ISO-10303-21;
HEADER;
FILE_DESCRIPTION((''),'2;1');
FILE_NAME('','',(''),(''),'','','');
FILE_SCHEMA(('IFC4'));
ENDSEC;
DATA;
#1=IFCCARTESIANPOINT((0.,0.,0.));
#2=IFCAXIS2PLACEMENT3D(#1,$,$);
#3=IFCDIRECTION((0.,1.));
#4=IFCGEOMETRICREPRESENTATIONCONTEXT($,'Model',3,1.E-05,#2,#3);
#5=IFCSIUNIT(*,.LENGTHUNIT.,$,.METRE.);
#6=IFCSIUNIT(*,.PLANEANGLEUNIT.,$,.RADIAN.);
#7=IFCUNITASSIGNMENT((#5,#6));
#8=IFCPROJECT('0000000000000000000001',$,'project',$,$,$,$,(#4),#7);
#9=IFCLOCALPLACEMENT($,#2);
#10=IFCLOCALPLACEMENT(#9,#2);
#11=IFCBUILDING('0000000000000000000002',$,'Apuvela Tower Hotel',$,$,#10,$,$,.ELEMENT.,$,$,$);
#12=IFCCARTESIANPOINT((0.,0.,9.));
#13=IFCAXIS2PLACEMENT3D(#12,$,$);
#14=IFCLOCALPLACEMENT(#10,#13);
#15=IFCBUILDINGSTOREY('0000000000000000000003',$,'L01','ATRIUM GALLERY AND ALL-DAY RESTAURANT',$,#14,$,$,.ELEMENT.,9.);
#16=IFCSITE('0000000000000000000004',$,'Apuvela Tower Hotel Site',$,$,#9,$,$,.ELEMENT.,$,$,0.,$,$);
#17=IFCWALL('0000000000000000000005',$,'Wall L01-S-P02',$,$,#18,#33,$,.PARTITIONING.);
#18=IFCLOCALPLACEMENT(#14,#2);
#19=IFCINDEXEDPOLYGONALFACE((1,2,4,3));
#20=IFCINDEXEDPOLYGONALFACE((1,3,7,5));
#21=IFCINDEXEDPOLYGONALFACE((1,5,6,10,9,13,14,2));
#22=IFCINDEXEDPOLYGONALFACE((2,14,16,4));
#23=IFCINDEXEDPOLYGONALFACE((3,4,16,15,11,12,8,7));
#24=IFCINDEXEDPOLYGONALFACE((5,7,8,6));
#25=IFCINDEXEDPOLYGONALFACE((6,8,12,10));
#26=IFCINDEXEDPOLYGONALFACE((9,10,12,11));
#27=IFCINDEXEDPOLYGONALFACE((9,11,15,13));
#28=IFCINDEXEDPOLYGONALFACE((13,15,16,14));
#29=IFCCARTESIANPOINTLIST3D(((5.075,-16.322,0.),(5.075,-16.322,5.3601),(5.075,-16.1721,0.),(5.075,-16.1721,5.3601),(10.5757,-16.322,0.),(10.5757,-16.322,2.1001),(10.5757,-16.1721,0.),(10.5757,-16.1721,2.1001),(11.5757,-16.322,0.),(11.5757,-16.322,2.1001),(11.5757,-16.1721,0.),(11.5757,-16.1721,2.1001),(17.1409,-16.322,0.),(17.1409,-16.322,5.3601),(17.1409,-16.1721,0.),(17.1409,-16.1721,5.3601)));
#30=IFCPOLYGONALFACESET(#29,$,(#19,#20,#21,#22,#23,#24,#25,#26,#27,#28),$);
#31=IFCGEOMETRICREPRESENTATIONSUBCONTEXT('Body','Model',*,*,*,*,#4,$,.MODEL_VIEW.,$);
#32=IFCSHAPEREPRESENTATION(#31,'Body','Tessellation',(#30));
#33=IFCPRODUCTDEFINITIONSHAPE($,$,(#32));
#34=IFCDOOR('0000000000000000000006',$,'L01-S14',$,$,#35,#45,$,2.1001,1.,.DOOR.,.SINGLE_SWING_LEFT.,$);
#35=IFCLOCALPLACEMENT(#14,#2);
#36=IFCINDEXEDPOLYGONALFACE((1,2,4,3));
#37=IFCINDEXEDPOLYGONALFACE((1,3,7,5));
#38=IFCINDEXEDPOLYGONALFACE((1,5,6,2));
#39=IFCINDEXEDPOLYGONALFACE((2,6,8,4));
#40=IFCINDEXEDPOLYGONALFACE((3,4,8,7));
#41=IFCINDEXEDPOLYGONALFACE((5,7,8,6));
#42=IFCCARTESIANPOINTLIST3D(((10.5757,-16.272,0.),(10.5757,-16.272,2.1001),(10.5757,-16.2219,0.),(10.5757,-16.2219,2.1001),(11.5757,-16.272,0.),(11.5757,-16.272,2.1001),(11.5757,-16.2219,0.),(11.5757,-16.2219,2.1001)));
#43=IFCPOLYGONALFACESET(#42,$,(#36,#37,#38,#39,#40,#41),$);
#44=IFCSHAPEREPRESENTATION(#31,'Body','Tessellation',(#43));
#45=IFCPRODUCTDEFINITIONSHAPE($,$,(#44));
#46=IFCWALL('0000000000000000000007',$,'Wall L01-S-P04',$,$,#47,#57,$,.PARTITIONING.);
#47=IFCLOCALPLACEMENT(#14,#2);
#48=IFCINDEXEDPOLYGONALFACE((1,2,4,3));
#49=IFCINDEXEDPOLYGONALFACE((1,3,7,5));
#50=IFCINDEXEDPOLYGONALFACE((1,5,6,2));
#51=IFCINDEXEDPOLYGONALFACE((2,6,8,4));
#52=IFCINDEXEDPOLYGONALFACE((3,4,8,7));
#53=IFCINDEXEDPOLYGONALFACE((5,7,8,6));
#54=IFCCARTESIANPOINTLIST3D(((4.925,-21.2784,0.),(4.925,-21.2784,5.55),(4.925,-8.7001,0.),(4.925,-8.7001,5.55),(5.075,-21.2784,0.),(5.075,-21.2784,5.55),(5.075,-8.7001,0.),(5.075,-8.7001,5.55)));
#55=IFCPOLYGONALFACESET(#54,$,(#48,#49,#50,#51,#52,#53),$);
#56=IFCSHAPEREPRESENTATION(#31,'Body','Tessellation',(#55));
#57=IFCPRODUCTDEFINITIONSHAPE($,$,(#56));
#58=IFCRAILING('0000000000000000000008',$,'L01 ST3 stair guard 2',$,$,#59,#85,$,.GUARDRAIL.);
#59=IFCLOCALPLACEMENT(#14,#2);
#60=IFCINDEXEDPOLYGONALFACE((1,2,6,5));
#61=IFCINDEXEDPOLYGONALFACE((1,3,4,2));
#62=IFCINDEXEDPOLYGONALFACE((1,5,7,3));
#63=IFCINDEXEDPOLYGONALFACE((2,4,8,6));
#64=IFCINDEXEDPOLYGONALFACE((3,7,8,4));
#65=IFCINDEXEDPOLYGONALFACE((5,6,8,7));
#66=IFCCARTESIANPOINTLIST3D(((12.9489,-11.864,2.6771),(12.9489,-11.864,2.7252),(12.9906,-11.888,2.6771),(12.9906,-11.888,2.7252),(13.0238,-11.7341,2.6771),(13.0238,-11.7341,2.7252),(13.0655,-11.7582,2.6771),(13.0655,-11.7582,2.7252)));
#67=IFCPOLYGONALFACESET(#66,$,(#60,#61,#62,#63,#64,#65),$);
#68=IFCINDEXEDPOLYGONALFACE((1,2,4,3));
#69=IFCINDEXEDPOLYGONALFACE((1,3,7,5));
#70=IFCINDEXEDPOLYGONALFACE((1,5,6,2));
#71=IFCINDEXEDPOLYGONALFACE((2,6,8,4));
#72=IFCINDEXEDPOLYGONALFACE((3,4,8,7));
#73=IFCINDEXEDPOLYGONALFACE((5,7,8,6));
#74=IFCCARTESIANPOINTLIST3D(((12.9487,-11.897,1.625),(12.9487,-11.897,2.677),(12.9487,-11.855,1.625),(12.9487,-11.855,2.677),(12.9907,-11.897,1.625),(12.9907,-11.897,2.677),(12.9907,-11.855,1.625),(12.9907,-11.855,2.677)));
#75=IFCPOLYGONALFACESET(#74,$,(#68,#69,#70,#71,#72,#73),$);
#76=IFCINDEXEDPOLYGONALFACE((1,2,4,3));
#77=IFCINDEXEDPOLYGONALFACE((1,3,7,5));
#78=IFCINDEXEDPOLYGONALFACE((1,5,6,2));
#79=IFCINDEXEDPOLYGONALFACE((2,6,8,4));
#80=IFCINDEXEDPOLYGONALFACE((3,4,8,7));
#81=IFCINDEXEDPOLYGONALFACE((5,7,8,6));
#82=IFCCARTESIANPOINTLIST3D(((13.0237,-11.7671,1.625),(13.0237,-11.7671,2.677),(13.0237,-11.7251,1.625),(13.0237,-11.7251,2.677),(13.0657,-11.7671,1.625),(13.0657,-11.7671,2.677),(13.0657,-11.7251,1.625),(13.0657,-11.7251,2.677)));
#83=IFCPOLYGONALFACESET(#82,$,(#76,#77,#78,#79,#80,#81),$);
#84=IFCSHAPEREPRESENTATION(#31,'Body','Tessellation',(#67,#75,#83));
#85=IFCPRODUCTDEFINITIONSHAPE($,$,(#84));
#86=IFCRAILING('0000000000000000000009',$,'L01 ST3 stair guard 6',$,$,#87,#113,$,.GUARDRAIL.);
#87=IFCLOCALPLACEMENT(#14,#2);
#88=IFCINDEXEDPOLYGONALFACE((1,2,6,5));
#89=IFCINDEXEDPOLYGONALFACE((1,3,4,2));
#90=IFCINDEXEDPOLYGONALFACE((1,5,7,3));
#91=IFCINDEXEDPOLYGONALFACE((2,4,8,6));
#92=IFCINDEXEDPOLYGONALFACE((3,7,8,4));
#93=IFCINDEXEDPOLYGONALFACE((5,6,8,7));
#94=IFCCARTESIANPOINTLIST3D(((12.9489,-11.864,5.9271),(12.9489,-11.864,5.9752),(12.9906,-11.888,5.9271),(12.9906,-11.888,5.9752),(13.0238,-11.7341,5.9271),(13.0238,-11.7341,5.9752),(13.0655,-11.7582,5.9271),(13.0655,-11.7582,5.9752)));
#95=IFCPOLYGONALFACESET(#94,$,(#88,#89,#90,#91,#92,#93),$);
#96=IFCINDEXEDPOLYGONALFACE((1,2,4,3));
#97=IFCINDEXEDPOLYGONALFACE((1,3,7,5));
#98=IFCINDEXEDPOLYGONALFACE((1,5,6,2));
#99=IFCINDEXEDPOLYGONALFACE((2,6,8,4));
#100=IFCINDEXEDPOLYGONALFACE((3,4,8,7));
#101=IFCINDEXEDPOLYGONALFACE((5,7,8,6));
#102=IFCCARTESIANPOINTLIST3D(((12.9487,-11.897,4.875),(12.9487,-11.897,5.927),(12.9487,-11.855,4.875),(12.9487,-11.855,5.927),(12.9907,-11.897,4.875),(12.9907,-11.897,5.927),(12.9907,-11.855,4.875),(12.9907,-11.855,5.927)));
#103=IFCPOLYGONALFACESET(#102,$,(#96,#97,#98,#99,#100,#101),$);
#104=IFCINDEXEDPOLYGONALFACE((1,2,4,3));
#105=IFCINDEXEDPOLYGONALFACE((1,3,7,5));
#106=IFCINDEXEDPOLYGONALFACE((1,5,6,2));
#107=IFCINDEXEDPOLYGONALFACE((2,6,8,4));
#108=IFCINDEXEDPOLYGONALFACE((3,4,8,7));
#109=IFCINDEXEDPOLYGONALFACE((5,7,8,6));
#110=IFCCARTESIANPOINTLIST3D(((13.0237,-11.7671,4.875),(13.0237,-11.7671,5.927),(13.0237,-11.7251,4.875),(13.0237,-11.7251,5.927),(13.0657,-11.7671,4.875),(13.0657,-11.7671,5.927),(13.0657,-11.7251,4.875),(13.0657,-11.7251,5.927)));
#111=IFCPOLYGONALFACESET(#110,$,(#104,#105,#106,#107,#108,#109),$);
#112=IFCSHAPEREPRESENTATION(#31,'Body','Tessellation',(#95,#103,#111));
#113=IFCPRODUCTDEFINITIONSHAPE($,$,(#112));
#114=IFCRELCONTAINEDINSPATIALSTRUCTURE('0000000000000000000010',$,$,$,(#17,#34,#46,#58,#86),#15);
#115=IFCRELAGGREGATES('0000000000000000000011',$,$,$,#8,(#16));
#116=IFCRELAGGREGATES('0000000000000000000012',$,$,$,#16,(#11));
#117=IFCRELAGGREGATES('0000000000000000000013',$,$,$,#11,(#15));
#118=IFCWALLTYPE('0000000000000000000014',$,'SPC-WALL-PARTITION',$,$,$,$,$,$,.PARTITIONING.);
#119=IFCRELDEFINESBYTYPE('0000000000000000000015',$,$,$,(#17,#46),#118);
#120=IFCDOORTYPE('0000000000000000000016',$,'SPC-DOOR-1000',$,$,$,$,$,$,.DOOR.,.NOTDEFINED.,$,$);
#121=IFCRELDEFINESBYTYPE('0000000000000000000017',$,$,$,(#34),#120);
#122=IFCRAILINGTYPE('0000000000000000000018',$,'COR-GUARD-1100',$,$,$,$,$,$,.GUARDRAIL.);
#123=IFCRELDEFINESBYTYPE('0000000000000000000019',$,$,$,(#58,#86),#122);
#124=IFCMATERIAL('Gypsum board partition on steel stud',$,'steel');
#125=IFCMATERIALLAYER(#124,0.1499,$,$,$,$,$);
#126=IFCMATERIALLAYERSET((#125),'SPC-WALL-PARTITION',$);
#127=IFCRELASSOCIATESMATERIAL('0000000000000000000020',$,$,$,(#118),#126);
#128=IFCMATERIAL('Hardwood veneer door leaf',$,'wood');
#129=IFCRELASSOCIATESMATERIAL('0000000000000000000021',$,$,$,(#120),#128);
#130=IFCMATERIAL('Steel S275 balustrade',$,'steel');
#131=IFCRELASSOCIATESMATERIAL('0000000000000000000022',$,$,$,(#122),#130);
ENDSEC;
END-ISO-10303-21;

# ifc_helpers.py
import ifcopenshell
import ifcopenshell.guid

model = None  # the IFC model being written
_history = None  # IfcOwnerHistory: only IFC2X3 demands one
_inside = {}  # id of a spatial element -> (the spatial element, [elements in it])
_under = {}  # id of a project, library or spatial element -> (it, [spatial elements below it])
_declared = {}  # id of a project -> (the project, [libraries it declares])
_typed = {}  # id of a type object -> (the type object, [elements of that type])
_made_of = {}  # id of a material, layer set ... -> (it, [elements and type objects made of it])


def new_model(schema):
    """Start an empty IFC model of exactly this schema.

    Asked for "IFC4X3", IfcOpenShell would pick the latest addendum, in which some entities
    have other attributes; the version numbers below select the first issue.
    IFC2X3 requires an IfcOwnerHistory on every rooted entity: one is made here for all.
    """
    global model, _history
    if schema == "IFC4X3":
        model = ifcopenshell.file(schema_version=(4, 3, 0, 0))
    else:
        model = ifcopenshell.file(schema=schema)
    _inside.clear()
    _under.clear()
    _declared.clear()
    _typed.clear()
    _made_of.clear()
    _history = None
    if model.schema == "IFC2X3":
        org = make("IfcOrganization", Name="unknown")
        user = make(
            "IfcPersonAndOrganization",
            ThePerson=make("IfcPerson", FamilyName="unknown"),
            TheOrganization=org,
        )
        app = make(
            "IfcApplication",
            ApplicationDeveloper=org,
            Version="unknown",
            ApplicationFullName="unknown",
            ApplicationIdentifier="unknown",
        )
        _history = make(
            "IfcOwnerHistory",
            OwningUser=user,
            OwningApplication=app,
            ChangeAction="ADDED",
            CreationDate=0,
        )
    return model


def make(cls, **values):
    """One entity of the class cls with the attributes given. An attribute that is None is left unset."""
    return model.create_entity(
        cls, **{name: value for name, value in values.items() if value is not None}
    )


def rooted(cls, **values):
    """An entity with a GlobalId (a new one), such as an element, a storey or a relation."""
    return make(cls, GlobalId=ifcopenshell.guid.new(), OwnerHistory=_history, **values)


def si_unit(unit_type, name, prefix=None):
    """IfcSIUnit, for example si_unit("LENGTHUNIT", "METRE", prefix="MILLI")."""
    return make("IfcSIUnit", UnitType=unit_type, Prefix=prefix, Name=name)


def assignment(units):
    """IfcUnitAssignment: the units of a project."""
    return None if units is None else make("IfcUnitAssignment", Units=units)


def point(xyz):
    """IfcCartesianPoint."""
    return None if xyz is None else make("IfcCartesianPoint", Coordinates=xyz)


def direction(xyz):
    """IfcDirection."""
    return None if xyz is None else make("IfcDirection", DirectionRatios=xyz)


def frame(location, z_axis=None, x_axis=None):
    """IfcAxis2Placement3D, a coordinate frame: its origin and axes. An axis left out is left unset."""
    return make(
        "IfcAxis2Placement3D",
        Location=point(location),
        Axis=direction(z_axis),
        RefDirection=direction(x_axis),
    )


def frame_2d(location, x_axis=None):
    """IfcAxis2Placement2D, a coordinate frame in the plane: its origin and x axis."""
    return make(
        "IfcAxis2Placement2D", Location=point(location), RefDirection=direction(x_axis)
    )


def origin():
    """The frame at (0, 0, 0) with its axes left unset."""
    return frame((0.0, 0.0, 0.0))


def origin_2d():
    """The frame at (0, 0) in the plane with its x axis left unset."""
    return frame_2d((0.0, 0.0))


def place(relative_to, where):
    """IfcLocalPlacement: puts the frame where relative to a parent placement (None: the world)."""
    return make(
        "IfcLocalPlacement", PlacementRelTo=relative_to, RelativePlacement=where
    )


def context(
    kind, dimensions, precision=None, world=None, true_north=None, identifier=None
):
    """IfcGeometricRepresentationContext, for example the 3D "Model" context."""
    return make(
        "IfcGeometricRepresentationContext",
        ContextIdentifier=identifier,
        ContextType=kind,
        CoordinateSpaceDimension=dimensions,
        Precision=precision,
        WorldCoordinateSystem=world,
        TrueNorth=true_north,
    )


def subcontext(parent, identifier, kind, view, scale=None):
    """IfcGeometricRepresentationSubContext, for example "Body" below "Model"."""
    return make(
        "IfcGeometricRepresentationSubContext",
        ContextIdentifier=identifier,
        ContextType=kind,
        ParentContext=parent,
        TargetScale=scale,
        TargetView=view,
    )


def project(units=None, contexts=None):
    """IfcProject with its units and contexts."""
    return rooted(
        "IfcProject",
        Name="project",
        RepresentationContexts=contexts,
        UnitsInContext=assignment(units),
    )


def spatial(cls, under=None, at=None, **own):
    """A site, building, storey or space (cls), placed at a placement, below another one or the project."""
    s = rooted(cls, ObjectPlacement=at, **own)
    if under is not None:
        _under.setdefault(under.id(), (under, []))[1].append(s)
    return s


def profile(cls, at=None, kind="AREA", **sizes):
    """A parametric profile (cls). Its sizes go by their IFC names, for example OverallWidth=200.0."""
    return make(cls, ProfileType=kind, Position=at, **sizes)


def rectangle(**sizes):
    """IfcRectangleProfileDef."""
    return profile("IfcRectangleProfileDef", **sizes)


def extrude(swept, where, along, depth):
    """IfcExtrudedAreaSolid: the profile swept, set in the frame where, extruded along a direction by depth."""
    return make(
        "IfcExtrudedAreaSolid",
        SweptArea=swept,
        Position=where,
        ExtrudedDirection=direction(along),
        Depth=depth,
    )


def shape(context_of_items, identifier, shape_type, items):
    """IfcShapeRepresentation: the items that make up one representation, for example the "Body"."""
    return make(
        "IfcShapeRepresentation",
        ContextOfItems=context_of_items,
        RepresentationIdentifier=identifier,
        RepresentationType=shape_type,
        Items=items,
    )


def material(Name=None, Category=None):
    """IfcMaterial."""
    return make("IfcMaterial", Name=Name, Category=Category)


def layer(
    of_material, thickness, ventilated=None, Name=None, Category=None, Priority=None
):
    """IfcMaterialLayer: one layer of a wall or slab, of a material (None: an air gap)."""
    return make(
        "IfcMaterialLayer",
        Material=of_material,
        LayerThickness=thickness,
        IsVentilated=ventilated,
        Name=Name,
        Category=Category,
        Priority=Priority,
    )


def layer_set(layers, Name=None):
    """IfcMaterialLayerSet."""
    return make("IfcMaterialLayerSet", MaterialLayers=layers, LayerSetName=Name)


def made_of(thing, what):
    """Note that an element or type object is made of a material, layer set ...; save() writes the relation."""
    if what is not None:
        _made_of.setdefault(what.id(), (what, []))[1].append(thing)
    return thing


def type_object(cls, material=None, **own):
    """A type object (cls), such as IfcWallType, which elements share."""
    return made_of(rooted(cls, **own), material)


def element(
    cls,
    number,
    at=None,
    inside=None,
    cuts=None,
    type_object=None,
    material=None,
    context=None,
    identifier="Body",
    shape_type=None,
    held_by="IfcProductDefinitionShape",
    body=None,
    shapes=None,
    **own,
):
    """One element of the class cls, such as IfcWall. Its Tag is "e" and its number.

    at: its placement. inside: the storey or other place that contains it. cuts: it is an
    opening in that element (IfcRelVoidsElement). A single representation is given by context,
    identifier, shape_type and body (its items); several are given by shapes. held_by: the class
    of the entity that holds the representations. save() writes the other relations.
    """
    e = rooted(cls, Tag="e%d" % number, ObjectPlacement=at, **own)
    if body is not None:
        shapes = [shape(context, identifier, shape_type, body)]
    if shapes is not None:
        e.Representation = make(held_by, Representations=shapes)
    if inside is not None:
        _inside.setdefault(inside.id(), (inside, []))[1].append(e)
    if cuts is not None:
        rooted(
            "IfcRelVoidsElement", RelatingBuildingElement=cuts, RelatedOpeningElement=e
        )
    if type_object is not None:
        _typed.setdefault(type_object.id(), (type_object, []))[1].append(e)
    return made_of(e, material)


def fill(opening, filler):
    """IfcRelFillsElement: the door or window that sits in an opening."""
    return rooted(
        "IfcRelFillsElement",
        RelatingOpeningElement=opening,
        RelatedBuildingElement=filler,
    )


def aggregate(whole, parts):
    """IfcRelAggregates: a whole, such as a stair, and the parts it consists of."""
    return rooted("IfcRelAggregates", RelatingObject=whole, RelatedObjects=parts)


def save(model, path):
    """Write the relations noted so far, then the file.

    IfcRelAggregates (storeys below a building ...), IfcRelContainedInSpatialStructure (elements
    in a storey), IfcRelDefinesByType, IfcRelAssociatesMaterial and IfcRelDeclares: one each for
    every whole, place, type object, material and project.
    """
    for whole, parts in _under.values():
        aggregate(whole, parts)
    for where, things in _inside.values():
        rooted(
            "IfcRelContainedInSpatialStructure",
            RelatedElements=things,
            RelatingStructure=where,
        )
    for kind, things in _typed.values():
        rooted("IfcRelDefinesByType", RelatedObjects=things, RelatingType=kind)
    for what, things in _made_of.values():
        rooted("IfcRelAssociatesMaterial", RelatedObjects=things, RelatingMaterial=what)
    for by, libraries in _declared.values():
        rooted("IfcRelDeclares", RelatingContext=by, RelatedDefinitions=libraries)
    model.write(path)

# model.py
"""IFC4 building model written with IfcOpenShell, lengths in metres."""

from ifc_helpers import new_model, si_unit, direction, frame, frame_2d, origin, origin_2d, place, context, subcontext, project, spatial, rectangle, extrude, material, layer, layer_set, type_object, element, fill, save


model = new_model("IFC4")

# Units and contexts
model_context = context("Model", 3, precision=1e-05, world=origin(), true_north=direction((0.0, 1.0)))
body_context = subcontext(model_context, "Body", "Model", "MODEL_VIEW")
ifc_project = project(units=[si_unit("LENGTHUNIT", "METRE"), si_unit("PLANEANGLEUNIT", "RADIAN")], contexts=[model_context])

# Site, building, storey
site_placement = place(None, origin())
site = spatial("IfcSite", under=ifc_project, at=site_placement, Name="Apuvela Tower Hotel Site", CompositionType="ELEMENT", RefElevation=0.0)
building_placement = place(site_placement, origin())
building = spatial("IfcBuilding", under=site, at=building_placement, Name="Apuvela Tower Hotel", CompositionType="ELEMENT")
storey_placement = place(building_placement, frame((0.0, 0.0, 9.0)))
storey = spatial("IfcBuildingStorey", under=building, at=storey_placement, Name="L01", Description="ATRIUM GALLERY AND ALL-DAY RESTAURANT", CompositionType="ELEMENT", Elevation=9.0)

# Wall, opening, door
ifc_material_1 = material(Name="Gypsum board partition on steel stud", Category="steel")
ifc_layer_1 = layer(ifc_material_1, 0.1499)
ifc_layer_set_1 = layer_set([ifc_layer_1], Name="SPC-WALL-PARTITION")
wall_type_1 = type_object("IfcWallType", Name="SPC-WALL-PARTITION", PredefinedType="PARTITIONING", material=ifc_layer_set_1)
wall_1_placement = place(storey_placement, frame((5.075, -16.2471, 0.0), z_axis=(0.0, 0.0, 1.0), x_axis=(1.0, 0.0, 0.0)))
wall_1 = element("IfcWall", 1, at=wall_1_placement, inside=storey, type_object=wall_type_1, Name="Wall L01-S-P02", PredefinedType="PARTITIONING", context=body_context, shape_type="SweptSolid", body=[
    extrude(rectangle(XDim=12.0659, YDim=0.1499, at=frame_2d((6.033, 0.0))), origin(), (0.0, 0.0, 1.0), 5.3601),
])
opening_placement = place(wall_1_placement, frame((5.5007, 0.0, 0.0)))
opening = element("IfcOpeningElement", 2, at=opening_placement, cuts=wall_1, PredefinedType="OPENING", context=body_context, shape_type="SweptSolid", body=[
    extrude(rectangle(XDim=1.0, YDim=2.1001, at=frame_2d((0.5, 1.05))), frame((0.0, 0.085, 0.0), z_axis=(0.0, -1.0, 0.0), x_axis=(1.0, 0.0, 0.0)), (0.0, 0.0, 1.0), 0.1699),
])
ifc_material_2 = material(Name="Hardwood veneer door leaf", Category="wood")
door_type = type_object("IfcDoorType", Name="SPC-DOOR-1000", OperationType="NOTDEFINED", PredefinedType="DOOR", material=ifc_material_2)
door_placement = place(opening_placement, frame((1.0, 0.0, 0.0), z_axis=(0.0, 0.0, 1.0), x_axis=(-1.0, 0.0, 0.0)))
door = element("IfcDoor", 3, at=door_placement, inside=storey, type_object=door_type, Name="L01-S14", OperationType="SINGLE_SWING_LEFT", OverallHeight=2.1001, OverallWidth=1.0, PredefinedType="DOOR", context=body_context, shape_type="SweptSolid", body=[
    extrude(rectangle(XDim=1.0, YDim=2.1001, at=frame_2d((0.5, 1.05))), frame((0.0, 0.0249, 0.0), z_axis=(0.0, -1.0, 0.0), x_axis=(1.0, 0.0, 0.0)), (0.0, 0.0, 1.0), 0.05),
])
fill(opening, door)

# Wall
wall_2_placement = place(storey_placement, frame((5.0, -21.2783, 0.0), z_axis=(0.0, 0.0, 1.0), x_axis=(0.0, 1.0, 0.0)))
element("IfcWall", 4, at=wall_2_placement, inside=storey, type_object=wall_type_1, Name="Wall L01-S-P04", PredefinedType="PARTITIONING", context=body_context, shape_type="SweptSolid", body=[
    extrude(rectangle(XDim=12.5784, YDim=0.1499, at=frame_2d((6.2891, 0.0))), origin(), (0.0, 0.0, 1.0), 5.55),
])

# Railings
ifc_material_3 = material(Name="Steel S275 balustrade", Category="steel")
railing_type = type_object("IfcRailingType", Name="COR-GUARD-1100", PredefinedType="GUARDRAIL", material=ifc_material_3)
for number, where, name in (
    (5, (12.9697, -11.876, 1.625), "L01 ST3 stair guard 2"),
    (6, (12.9697, -11.876, 4.875), "L01 ST3 stair guard 6"),
):
    element("IfcRailing", number, at=place(storey_placement, frame(where)), inside=storey, type_object=railing_type, Name=name, PredefinedType="GUARDRAIL", context=body_context, shape_type="SweptSolid", body=[
        extrude(rectangle(XDim=0.0481, YDim=0.0481, at=origin_2d()), frame((0.0, 0.0, 1.0762), z_axis=(0.499816, 0.866131, 0.0), x_axis=(-0.866131, 0.499816, 0.0)), (0.0, 0.0, 1.0), 0.1499),
        extrude(rectangle(XDim=0.042, YDim=0.042, at=origin_2d()), origin(), (0.0, 0.0, 1.0), 1.052),
        extrude(rectangle(XDim=0.042, YDim=0.042, at=origin_2d()), frame((0.075, 0.1299, 0.0)), (0.0, 0.0, 1.0), 1.052),
    ])

save(model, "model.ifc")
